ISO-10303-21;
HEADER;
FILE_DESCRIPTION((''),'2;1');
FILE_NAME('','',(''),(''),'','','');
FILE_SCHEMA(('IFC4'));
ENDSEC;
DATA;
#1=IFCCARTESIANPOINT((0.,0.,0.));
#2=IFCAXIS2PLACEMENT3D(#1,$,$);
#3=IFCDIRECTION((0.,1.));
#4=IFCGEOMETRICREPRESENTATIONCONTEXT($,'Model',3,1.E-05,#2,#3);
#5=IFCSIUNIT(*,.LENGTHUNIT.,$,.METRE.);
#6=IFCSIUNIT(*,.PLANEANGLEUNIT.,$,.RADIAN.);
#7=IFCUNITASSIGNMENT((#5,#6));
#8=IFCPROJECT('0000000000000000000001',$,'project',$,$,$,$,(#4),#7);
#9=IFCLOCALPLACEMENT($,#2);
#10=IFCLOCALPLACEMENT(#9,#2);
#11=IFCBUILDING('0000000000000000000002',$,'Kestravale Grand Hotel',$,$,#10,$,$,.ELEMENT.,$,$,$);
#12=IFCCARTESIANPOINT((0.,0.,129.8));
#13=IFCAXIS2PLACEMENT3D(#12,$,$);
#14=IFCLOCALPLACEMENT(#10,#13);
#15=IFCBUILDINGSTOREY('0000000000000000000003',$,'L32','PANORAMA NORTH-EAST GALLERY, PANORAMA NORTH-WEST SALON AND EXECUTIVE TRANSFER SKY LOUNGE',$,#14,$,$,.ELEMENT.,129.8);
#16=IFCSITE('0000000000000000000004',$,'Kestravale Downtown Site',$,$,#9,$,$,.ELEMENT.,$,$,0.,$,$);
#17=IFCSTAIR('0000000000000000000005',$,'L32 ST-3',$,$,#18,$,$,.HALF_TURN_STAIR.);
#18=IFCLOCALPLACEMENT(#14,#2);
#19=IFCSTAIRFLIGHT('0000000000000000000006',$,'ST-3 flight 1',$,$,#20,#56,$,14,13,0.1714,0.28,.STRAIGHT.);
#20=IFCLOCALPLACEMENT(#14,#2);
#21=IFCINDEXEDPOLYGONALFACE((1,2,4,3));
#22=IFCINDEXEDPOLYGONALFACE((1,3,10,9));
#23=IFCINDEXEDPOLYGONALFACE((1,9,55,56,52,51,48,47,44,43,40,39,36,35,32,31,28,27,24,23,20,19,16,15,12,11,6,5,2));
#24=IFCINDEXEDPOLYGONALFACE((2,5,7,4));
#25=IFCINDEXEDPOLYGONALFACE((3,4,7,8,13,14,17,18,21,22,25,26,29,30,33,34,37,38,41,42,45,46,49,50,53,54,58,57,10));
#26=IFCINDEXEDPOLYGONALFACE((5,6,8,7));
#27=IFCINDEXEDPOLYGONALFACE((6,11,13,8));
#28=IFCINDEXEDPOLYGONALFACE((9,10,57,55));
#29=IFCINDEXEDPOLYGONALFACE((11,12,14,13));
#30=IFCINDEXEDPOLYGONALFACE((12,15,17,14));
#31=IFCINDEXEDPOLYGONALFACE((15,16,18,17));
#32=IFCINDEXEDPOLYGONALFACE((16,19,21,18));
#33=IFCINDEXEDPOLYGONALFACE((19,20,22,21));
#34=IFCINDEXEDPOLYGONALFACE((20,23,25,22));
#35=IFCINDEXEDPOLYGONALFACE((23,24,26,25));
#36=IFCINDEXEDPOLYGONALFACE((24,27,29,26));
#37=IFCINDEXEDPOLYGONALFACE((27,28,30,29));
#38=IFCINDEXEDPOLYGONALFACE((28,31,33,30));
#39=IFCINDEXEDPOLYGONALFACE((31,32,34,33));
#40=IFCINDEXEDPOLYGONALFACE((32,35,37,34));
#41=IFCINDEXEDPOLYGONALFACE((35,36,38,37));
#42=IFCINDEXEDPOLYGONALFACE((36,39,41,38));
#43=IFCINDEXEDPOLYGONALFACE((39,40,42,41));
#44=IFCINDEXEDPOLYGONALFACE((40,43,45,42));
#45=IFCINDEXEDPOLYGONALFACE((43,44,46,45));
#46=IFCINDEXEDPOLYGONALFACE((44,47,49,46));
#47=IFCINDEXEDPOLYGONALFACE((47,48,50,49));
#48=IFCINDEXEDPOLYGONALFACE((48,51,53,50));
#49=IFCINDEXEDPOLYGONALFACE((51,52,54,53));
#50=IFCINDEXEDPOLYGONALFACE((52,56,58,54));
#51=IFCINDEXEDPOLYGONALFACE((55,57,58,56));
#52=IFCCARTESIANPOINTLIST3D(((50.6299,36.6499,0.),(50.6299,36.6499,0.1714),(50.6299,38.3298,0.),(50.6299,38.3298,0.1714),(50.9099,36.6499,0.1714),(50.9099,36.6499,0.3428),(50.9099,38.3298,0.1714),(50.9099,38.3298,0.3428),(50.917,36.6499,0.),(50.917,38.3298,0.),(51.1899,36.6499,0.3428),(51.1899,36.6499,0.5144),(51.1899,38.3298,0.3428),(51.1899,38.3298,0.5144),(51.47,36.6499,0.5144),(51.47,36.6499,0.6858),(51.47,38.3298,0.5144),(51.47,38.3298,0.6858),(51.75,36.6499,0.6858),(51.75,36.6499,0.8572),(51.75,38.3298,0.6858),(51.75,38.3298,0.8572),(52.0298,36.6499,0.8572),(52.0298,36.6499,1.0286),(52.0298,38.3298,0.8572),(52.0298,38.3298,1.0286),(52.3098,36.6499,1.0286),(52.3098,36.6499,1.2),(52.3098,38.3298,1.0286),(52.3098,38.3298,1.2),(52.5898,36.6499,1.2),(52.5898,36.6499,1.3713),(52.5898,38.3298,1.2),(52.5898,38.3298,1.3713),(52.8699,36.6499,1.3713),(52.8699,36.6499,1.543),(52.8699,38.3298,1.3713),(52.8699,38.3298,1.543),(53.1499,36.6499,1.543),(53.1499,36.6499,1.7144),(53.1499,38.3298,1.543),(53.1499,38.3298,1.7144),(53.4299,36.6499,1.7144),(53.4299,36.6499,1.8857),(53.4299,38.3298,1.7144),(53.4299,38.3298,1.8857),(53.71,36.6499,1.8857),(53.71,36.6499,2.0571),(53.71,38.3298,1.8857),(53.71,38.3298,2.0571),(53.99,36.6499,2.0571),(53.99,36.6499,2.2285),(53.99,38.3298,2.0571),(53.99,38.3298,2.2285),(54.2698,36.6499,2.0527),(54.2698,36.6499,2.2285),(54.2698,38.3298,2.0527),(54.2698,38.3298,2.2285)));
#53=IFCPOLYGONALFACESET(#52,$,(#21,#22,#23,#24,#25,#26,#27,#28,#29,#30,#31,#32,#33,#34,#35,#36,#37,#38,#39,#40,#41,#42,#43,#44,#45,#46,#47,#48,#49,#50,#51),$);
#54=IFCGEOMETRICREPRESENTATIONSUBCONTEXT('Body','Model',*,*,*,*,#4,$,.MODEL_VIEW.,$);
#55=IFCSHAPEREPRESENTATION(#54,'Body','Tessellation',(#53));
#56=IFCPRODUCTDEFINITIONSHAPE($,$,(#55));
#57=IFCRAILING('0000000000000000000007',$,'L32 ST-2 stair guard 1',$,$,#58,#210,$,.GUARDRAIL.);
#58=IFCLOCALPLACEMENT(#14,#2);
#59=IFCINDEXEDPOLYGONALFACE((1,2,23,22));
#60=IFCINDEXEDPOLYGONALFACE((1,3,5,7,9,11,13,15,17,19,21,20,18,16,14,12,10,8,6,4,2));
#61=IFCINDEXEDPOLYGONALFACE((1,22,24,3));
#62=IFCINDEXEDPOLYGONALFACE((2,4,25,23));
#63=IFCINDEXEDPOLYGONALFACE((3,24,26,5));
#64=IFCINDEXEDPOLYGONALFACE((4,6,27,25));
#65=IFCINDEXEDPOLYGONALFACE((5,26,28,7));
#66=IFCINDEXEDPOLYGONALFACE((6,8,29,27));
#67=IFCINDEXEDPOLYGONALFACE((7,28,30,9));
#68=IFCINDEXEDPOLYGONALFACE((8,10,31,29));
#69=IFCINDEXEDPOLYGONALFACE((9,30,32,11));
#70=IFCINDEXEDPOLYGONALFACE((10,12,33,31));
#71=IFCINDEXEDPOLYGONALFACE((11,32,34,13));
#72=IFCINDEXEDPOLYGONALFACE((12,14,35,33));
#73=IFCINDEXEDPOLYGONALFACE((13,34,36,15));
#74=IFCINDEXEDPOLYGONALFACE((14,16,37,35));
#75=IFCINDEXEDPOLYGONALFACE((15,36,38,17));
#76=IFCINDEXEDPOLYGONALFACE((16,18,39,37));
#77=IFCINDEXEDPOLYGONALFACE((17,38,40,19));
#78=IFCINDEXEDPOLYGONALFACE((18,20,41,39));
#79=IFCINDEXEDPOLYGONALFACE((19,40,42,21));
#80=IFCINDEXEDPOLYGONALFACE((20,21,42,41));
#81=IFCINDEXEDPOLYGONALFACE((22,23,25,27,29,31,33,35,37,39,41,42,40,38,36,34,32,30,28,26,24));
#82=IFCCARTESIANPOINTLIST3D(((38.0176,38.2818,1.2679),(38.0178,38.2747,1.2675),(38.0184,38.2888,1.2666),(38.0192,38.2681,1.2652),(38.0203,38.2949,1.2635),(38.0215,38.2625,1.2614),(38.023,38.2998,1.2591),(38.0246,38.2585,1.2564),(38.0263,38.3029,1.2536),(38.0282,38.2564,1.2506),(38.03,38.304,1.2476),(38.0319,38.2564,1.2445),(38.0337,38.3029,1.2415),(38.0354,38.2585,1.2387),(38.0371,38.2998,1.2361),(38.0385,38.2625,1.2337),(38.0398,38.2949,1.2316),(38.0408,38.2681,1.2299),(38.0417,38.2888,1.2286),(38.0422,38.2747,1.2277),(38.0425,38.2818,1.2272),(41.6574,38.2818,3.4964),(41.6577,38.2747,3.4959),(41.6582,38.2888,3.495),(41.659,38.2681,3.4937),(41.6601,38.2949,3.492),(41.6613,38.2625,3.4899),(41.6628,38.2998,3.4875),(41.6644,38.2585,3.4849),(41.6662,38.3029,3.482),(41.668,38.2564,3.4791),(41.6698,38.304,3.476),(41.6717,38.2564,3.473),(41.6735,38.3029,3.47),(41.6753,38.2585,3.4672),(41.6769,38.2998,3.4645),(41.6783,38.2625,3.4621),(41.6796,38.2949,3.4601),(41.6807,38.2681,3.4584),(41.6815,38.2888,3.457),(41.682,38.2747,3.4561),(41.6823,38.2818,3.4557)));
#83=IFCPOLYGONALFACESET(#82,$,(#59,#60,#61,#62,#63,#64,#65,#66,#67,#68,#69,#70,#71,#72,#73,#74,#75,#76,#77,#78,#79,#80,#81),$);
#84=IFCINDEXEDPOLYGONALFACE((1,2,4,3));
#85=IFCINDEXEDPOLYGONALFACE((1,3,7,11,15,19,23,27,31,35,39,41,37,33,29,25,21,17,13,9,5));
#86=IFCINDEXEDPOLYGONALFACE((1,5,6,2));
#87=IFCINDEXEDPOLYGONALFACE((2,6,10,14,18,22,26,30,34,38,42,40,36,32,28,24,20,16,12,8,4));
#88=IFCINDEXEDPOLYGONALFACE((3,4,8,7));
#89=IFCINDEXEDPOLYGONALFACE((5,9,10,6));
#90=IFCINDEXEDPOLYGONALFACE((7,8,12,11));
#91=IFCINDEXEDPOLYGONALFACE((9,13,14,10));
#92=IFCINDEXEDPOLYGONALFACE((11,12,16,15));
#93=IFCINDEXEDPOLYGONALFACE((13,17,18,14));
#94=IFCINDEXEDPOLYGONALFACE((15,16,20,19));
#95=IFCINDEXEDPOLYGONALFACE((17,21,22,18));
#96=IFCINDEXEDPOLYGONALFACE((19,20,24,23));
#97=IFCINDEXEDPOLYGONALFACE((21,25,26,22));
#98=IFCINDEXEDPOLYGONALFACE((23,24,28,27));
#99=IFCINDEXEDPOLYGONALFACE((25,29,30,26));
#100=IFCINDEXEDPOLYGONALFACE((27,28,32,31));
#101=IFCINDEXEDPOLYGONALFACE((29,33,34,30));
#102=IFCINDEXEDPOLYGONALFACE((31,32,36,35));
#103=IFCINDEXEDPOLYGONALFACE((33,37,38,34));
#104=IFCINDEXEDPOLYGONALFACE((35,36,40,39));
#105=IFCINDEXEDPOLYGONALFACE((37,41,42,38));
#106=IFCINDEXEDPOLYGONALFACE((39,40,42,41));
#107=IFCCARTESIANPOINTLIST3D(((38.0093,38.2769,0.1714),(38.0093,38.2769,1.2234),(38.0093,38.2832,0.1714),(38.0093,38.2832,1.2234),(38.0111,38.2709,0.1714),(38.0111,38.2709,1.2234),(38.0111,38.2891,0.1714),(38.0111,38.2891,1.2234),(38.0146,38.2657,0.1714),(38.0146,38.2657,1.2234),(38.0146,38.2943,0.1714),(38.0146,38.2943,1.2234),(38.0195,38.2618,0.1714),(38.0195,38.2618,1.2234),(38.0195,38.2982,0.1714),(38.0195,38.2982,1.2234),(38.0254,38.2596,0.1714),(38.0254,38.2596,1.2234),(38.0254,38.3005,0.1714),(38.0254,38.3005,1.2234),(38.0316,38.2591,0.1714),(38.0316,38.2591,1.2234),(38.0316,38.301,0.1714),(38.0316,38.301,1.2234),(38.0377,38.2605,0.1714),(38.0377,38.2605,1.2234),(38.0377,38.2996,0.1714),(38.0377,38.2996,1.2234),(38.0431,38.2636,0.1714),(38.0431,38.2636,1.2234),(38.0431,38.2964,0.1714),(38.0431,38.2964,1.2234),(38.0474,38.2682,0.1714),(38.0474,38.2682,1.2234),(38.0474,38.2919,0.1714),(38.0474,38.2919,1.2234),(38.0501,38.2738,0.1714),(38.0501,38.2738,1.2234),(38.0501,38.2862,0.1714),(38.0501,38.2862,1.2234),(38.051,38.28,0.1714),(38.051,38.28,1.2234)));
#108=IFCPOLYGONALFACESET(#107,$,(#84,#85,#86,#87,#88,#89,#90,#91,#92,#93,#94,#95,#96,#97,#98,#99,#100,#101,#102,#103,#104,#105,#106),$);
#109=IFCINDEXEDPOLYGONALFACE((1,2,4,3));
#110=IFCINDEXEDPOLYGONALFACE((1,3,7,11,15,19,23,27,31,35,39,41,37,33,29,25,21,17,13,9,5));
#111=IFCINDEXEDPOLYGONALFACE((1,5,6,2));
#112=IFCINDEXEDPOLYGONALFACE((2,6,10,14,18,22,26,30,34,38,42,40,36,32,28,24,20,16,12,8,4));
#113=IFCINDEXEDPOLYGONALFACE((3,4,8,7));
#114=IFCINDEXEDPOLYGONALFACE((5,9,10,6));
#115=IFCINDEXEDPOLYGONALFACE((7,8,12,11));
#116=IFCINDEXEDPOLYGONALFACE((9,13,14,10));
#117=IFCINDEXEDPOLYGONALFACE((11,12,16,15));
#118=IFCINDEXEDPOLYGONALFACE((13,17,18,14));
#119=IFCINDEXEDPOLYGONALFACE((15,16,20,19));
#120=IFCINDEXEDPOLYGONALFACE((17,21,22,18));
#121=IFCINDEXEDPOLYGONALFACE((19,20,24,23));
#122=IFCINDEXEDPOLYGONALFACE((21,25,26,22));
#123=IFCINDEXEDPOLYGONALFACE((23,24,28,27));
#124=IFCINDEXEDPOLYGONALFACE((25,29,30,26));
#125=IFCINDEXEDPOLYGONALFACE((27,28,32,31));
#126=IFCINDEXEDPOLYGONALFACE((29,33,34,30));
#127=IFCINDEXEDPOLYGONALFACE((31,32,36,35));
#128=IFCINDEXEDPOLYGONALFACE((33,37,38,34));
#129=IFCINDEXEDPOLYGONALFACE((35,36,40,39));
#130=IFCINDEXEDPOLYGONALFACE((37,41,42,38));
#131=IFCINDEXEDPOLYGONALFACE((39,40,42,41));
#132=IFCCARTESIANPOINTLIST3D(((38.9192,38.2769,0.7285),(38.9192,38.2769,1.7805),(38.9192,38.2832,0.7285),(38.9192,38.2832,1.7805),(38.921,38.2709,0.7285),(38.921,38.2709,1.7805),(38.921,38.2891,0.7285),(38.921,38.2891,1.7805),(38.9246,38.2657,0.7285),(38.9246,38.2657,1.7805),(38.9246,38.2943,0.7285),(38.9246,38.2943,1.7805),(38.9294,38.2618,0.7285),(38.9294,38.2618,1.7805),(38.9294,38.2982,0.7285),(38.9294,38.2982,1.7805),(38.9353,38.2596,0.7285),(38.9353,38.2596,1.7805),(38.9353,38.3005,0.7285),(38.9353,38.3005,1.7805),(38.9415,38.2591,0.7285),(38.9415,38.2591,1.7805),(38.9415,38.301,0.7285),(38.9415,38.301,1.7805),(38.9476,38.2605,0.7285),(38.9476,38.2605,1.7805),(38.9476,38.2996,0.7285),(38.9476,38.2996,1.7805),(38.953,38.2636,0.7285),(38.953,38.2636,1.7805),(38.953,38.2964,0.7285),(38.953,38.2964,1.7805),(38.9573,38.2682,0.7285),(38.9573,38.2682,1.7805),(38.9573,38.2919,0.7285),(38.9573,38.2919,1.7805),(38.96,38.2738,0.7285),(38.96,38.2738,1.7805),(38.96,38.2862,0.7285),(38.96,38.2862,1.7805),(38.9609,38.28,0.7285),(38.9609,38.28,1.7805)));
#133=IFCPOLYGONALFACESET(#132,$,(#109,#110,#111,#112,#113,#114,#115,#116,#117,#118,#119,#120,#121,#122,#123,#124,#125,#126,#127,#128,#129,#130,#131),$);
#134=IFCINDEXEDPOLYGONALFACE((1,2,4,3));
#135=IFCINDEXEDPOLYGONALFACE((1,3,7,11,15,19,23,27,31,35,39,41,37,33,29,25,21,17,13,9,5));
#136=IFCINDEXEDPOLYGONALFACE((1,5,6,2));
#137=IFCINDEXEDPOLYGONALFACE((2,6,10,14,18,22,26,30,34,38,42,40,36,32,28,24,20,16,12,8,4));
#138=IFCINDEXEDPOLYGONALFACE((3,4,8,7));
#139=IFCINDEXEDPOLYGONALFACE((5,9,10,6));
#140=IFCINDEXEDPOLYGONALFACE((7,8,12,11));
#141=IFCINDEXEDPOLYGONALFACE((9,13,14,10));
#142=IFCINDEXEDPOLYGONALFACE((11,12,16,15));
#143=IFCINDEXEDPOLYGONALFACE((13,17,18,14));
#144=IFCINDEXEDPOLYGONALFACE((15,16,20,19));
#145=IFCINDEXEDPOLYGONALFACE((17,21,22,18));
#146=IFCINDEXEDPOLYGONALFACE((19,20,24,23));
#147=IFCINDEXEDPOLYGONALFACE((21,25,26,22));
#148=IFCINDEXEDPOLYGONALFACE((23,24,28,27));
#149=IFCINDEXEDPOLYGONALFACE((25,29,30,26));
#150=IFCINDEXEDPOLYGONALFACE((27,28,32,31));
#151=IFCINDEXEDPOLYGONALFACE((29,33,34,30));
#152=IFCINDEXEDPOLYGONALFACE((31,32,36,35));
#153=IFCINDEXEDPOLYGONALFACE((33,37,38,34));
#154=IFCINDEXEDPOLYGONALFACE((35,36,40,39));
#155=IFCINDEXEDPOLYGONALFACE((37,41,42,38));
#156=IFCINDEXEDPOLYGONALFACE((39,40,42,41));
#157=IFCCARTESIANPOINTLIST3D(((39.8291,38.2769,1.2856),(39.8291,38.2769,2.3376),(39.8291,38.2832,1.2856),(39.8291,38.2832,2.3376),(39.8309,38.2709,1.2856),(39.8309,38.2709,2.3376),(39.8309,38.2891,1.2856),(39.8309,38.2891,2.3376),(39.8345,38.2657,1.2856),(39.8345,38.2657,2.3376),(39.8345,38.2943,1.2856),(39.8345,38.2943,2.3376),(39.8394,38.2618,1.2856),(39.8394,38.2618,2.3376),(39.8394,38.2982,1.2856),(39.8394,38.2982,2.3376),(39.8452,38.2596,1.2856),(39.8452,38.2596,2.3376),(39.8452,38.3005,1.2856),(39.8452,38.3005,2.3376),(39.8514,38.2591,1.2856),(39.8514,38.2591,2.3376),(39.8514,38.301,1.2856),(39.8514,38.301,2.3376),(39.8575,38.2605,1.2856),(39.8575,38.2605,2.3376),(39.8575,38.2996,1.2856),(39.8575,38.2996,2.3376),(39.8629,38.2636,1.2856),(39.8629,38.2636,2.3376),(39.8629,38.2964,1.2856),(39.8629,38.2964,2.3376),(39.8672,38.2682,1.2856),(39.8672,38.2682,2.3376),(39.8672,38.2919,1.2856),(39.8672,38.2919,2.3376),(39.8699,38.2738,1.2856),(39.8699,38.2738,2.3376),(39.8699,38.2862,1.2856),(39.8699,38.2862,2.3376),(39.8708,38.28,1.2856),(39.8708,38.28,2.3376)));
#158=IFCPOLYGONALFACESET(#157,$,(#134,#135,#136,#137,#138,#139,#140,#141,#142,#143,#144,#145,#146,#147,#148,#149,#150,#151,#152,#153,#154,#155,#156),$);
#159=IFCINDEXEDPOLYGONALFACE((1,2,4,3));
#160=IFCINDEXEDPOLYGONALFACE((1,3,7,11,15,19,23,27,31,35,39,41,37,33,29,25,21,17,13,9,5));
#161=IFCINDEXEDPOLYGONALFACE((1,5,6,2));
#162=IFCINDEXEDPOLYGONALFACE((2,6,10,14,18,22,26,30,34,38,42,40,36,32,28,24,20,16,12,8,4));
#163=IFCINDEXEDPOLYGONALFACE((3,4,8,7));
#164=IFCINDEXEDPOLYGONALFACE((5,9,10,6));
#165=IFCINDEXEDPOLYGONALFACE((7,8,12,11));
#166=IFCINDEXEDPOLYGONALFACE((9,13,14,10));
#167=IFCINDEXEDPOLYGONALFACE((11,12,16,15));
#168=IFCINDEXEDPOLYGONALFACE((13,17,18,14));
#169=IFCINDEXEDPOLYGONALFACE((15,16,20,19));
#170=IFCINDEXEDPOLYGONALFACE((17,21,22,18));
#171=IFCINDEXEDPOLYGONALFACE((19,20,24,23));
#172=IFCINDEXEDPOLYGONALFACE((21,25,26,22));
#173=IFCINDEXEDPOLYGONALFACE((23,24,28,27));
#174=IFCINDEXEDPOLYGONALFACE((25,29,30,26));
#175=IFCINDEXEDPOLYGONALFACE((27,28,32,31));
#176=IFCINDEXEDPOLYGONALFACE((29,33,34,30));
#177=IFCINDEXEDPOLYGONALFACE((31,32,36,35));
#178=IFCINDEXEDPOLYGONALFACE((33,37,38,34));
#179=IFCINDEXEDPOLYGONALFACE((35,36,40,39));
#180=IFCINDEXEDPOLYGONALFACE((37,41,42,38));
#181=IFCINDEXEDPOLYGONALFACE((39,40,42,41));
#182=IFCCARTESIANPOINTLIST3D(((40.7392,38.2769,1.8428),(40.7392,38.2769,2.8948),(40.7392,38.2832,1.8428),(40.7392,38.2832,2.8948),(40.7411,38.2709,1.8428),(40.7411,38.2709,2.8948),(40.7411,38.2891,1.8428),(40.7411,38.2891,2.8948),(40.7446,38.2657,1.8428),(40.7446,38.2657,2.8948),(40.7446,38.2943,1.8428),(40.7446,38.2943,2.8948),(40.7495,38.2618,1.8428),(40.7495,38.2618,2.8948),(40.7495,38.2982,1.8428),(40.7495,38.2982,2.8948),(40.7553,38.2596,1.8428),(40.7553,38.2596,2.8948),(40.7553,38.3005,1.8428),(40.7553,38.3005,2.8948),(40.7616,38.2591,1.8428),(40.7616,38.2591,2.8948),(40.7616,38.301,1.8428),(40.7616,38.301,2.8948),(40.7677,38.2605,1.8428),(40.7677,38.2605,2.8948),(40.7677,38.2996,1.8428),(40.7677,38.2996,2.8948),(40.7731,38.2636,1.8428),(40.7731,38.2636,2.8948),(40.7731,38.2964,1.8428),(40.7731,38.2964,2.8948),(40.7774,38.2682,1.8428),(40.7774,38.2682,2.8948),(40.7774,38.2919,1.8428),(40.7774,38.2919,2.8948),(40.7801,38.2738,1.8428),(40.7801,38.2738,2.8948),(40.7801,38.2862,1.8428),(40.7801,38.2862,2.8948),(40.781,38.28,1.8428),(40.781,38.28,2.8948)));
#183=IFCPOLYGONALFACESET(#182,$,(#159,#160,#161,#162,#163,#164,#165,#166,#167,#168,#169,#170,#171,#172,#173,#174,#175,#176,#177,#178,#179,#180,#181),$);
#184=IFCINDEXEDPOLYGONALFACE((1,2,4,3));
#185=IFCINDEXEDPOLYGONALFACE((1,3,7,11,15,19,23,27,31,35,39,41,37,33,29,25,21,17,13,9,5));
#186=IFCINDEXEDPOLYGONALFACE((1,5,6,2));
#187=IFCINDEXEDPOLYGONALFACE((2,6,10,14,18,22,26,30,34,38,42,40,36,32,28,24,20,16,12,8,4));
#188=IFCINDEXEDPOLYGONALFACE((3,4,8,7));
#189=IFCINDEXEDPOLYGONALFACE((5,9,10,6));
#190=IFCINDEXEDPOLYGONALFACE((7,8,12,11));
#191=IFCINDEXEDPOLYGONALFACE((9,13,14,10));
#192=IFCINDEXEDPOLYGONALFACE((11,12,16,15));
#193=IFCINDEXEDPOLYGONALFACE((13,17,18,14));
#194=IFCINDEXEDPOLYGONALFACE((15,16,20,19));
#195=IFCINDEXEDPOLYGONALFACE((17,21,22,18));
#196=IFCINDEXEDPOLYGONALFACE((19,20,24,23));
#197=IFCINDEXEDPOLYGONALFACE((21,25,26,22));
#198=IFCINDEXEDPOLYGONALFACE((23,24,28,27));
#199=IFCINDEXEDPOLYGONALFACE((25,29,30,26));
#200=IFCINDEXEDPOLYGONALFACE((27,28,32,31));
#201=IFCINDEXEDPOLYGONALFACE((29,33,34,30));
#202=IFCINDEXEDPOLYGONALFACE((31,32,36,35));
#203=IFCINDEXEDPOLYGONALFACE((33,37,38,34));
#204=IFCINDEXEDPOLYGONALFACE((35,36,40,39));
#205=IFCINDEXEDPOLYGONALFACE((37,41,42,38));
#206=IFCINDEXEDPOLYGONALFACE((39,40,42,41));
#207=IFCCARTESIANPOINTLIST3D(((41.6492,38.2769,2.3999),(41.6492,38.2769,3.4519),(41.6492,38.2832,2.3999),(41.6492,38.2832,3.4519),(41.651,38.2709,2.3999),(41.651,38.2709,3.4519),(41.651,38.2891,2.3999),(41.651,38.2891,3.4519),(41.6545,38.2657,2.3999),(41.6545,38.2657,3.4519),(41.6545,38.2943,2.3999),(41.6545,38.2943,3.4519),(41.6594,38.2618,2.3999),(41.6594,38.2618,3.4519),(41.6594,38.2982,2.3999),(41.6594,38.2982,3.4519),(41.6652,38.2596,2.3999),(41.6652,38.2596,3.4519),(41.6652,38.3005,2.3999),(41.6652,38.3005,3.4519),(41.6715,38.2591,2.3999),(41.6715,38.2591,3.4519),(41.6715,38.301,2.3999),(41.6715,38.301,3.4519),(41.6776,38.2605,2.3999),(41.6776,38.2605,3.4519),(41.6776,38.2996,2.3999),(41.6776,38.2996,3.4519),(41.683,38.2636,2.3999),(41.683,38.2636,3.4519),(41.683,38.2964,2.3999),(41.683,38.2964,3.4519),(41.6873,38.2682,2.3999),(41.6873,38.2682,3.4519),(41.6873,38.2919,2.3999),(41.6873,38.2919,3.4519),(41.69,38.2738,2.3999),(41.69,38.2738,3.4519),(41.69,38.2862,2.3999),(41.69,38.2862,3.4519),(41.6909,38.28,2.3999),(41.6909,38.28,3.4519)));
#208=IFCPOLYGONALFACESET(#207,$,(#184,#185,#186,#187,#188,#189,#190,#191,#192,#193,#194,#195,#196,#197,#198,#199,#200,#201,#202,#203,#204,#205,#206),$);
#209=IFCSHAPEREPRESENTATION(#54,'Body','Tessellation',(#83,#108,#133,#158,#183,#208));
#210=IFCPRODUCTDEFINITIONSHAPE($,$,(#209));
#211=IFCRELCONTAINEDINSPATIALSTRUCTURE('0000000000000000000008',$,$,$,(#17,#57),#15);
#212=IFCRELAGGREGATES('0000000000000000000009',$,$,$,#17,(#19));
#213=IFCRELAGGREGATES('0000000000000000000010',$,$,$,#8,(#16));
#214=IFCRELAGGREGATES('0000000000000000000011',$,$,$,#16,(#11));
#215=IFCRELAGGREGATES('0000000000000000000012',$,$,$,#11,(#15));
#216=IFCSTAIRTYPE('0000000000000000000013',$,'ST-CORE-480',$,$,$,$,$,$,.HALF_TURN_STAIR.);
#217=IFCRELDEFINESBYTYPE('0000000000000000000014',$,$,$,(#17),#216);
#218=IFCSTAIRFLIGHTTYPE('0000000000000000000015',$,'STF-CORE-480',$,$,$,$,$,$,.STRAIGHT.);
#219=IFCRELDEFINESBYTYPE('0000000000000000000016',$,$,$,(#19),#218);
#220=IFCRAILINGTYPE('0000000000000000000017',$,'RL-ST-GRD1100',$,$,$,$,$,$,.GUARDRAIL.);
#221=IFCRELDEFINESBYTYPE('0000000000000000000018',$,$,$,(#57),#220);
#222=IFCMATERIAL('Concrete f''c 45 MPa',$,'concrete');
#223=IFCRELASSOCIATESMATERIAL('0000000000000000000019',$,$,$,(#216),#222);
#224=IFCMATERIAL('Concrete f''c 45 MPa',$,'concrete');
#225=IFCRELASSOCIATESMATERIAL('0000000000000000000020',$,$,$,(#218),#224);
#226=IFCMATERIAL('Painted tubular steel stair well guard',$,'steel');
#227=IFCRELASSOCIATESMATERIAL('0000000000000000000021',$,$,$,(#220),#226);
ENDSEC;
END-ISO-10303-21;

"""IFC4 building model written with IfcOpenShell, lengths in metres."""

from ifc_helpers import new_model, si_unit, direction, frame, origin, origin_2d, place, context, subcontext, project, spatial, polyline, circle, outline, extrude, material, type_object, element, aggregate, save


model = new_model("IFC4")

# Units and contexts
model_context = context("Model", 3, precision=1e-05, world=origin(), true_north=direction((0.0, 1.0)))
body_context = subcontext(model_context, "Body", "Model", "MODEL_VIEW")
ifc_project = project(units=[si_unit("LENGTHUNIT", "METRE"), si_unit("PLANEANGLEUNIT", "RADIAN")], contexts=[model_context])

# Site, building, storey
site_placement = place(None, origin())
site = spatial("IfcSite", under=ifc_project, at=site_placement, Name="Kestravale Downtown Site", CompositionType="ELEMENT", RefElevation=0.0)
building_placement = place(site_placement, origin())
building = spatial("IfcBuilding", under=site, at=building_placement, Name="Kestravale Grand Hotel", CompositionType="ELEMENT")
storey_placement = place(building_placement, frame((0.0, 0.0, 129.8)))
storey = spatial("IfcBuildingStorey", under=building, at=storey_placement, Name="L32", Description="PANORAMA NORTH-EAST GALLERY, PANORAMA NORTH-WEST SALON AND EXECUTIVE TRANSFER SKY LOUNGE", CompositionType="ELEMENT", Elevation=129.8)

# Shared definitions
ifc_material_1 = material(Name="Concrete f'c 45 MPa", Category="concrete")
stair_type = type_object("IfcStairType", Name="ST-CORE-480", PredefinedType="HALF_TURN_STAIR", material=ifc_material_1)
ifc_material_2 = material(Name="Concrete f'c 45 MPa", Category="concrete")
stair_flight_type = type_object("IfcStairFlightType", Name="STF-CORE-480", PredefinedType="STRAIGHT", material=ifc_material_2)

# Stair, stair flight
stair_1_placement = place(storey_placement, origin())
stair_1 = element("IfcStair", 1, at=stair_1_placement, inside=storey, type_object=stair_type, Name="L32 ST-3", PredefinedType="HALF_TURN_STAIR")
stair_flight_1_placement = place(storey_placement, frame((50.6299, 37.49, 0.0), z_axis=(0.0, 0.0, 1.0), x_axis=(1.0, 0.0, 0.0)))
stair_flight_1 = element("IfcStairFlight", 2, at=stair_flight_1_placement, type_object=stair_flight_type, Name="ST-3 flight 1", NumberOfRisers=14, NumberOfTreads=13, PredefinedType="STRAIGHT", RiserHeight=0.1714, TreadLength=0.28, context=body_context, shape_type="SweptSolid", body=[
    extrude(outline(polyline([(0.0, 0.0), (0.0, 0.1714), (0.28, 0.1714), (0.28, 0.3428), (0.5601, 0.3428), (0.5601, 0.5144), (0.8401, 0.5144), (0.8401, 0.6858), (1.1201, 0.6858), (1.1201, 0.8572), (1.3999, 0.8572), (1.3999, 1.0286), (1.6799, 1.0286), (1.6799, 1.2), (1.96, 1.2), (1.96, 1.3713), (2.24, 1.3713), (2.24, 1.543), (2.52, 1.543), (2.52, 1.7144), (2.8, 1.7144), (2.8, 1.8857), (3.0801, 1.8857), (3.0801, 2.0571), (3.3601, 2.0571), (3.3601, 2.2285), (3.6399, 2.2285), (3.6399, 2.3999), (3.6399, 2.0527), (0.2871, 0.0), (0.0, 0.0)])), frame((0.0, 0.8398, 0.0), z_axis=(0.0, -1.0, 0.0), x_axis=(1.0, 0.0, 0.0)), (0.0, 0.0, 1.0), 1.6799),
])
aggregate(stair_1, [stair_flight_1])

# Railing
ifc_material_3 = material(Name="Painted tubular steel stair well guard", Category="steel")
railing_type_1 = type_object("IfcRailingType", Name="RL-ST-GRD1100", PredefinedType="GUARDRAIL", material=ifc_material_3)
railing_1_placement = place(storey_placement, frame((38.03, 38.28, 0.1714)))
element("IfcRailing", 3, at=railing_1_placement, inside=storey, type_object=railing_type_1, Name="L32 ST-2 stair guard 1", PredefinedType="GUARDRAIL", context=body_context, shape_type="SweptSolid", body=[
    extrude(circle(Radius=0.0239, at=origin_2d()), frame((0.0, 0.0, 1.0762), z_axis=(0.85285, 0.0, 0.522156), x_axis=(0.0, 1.0, 0.0)), (0.0, 0.0, 1.0), 4.2678),
    extrude(circle(Radius=0.021, at=origin_2d()), origin(), (0.0, 0.0, 1.0), 1.052),
    extrude(circle(Radius=0.021, at=origin_2d()), frame((0.9099, 0.0, 0.5571)), (0.0, 0.0, 1.0), 1.052),
    extrude(circle(Radius=0.021, at=origin_2d()), frame((1.8198, 0.0, 1.1143)), (0.0, 0.0, 1.0), 1.052),
    extrude(circle(Radius=0.021, at=origin_2d()), frame((2.73, 0.0, 1.6714)), (0.0, 0.0, 1.0), 1.052),
    extrude(circle(Radius=0.021, at=origin_2d()), frame((3.6399, 0.0, 2.2285)), (0.0, 0.0, 1.0), 1.052),
])

save(model, "model.ifc")
